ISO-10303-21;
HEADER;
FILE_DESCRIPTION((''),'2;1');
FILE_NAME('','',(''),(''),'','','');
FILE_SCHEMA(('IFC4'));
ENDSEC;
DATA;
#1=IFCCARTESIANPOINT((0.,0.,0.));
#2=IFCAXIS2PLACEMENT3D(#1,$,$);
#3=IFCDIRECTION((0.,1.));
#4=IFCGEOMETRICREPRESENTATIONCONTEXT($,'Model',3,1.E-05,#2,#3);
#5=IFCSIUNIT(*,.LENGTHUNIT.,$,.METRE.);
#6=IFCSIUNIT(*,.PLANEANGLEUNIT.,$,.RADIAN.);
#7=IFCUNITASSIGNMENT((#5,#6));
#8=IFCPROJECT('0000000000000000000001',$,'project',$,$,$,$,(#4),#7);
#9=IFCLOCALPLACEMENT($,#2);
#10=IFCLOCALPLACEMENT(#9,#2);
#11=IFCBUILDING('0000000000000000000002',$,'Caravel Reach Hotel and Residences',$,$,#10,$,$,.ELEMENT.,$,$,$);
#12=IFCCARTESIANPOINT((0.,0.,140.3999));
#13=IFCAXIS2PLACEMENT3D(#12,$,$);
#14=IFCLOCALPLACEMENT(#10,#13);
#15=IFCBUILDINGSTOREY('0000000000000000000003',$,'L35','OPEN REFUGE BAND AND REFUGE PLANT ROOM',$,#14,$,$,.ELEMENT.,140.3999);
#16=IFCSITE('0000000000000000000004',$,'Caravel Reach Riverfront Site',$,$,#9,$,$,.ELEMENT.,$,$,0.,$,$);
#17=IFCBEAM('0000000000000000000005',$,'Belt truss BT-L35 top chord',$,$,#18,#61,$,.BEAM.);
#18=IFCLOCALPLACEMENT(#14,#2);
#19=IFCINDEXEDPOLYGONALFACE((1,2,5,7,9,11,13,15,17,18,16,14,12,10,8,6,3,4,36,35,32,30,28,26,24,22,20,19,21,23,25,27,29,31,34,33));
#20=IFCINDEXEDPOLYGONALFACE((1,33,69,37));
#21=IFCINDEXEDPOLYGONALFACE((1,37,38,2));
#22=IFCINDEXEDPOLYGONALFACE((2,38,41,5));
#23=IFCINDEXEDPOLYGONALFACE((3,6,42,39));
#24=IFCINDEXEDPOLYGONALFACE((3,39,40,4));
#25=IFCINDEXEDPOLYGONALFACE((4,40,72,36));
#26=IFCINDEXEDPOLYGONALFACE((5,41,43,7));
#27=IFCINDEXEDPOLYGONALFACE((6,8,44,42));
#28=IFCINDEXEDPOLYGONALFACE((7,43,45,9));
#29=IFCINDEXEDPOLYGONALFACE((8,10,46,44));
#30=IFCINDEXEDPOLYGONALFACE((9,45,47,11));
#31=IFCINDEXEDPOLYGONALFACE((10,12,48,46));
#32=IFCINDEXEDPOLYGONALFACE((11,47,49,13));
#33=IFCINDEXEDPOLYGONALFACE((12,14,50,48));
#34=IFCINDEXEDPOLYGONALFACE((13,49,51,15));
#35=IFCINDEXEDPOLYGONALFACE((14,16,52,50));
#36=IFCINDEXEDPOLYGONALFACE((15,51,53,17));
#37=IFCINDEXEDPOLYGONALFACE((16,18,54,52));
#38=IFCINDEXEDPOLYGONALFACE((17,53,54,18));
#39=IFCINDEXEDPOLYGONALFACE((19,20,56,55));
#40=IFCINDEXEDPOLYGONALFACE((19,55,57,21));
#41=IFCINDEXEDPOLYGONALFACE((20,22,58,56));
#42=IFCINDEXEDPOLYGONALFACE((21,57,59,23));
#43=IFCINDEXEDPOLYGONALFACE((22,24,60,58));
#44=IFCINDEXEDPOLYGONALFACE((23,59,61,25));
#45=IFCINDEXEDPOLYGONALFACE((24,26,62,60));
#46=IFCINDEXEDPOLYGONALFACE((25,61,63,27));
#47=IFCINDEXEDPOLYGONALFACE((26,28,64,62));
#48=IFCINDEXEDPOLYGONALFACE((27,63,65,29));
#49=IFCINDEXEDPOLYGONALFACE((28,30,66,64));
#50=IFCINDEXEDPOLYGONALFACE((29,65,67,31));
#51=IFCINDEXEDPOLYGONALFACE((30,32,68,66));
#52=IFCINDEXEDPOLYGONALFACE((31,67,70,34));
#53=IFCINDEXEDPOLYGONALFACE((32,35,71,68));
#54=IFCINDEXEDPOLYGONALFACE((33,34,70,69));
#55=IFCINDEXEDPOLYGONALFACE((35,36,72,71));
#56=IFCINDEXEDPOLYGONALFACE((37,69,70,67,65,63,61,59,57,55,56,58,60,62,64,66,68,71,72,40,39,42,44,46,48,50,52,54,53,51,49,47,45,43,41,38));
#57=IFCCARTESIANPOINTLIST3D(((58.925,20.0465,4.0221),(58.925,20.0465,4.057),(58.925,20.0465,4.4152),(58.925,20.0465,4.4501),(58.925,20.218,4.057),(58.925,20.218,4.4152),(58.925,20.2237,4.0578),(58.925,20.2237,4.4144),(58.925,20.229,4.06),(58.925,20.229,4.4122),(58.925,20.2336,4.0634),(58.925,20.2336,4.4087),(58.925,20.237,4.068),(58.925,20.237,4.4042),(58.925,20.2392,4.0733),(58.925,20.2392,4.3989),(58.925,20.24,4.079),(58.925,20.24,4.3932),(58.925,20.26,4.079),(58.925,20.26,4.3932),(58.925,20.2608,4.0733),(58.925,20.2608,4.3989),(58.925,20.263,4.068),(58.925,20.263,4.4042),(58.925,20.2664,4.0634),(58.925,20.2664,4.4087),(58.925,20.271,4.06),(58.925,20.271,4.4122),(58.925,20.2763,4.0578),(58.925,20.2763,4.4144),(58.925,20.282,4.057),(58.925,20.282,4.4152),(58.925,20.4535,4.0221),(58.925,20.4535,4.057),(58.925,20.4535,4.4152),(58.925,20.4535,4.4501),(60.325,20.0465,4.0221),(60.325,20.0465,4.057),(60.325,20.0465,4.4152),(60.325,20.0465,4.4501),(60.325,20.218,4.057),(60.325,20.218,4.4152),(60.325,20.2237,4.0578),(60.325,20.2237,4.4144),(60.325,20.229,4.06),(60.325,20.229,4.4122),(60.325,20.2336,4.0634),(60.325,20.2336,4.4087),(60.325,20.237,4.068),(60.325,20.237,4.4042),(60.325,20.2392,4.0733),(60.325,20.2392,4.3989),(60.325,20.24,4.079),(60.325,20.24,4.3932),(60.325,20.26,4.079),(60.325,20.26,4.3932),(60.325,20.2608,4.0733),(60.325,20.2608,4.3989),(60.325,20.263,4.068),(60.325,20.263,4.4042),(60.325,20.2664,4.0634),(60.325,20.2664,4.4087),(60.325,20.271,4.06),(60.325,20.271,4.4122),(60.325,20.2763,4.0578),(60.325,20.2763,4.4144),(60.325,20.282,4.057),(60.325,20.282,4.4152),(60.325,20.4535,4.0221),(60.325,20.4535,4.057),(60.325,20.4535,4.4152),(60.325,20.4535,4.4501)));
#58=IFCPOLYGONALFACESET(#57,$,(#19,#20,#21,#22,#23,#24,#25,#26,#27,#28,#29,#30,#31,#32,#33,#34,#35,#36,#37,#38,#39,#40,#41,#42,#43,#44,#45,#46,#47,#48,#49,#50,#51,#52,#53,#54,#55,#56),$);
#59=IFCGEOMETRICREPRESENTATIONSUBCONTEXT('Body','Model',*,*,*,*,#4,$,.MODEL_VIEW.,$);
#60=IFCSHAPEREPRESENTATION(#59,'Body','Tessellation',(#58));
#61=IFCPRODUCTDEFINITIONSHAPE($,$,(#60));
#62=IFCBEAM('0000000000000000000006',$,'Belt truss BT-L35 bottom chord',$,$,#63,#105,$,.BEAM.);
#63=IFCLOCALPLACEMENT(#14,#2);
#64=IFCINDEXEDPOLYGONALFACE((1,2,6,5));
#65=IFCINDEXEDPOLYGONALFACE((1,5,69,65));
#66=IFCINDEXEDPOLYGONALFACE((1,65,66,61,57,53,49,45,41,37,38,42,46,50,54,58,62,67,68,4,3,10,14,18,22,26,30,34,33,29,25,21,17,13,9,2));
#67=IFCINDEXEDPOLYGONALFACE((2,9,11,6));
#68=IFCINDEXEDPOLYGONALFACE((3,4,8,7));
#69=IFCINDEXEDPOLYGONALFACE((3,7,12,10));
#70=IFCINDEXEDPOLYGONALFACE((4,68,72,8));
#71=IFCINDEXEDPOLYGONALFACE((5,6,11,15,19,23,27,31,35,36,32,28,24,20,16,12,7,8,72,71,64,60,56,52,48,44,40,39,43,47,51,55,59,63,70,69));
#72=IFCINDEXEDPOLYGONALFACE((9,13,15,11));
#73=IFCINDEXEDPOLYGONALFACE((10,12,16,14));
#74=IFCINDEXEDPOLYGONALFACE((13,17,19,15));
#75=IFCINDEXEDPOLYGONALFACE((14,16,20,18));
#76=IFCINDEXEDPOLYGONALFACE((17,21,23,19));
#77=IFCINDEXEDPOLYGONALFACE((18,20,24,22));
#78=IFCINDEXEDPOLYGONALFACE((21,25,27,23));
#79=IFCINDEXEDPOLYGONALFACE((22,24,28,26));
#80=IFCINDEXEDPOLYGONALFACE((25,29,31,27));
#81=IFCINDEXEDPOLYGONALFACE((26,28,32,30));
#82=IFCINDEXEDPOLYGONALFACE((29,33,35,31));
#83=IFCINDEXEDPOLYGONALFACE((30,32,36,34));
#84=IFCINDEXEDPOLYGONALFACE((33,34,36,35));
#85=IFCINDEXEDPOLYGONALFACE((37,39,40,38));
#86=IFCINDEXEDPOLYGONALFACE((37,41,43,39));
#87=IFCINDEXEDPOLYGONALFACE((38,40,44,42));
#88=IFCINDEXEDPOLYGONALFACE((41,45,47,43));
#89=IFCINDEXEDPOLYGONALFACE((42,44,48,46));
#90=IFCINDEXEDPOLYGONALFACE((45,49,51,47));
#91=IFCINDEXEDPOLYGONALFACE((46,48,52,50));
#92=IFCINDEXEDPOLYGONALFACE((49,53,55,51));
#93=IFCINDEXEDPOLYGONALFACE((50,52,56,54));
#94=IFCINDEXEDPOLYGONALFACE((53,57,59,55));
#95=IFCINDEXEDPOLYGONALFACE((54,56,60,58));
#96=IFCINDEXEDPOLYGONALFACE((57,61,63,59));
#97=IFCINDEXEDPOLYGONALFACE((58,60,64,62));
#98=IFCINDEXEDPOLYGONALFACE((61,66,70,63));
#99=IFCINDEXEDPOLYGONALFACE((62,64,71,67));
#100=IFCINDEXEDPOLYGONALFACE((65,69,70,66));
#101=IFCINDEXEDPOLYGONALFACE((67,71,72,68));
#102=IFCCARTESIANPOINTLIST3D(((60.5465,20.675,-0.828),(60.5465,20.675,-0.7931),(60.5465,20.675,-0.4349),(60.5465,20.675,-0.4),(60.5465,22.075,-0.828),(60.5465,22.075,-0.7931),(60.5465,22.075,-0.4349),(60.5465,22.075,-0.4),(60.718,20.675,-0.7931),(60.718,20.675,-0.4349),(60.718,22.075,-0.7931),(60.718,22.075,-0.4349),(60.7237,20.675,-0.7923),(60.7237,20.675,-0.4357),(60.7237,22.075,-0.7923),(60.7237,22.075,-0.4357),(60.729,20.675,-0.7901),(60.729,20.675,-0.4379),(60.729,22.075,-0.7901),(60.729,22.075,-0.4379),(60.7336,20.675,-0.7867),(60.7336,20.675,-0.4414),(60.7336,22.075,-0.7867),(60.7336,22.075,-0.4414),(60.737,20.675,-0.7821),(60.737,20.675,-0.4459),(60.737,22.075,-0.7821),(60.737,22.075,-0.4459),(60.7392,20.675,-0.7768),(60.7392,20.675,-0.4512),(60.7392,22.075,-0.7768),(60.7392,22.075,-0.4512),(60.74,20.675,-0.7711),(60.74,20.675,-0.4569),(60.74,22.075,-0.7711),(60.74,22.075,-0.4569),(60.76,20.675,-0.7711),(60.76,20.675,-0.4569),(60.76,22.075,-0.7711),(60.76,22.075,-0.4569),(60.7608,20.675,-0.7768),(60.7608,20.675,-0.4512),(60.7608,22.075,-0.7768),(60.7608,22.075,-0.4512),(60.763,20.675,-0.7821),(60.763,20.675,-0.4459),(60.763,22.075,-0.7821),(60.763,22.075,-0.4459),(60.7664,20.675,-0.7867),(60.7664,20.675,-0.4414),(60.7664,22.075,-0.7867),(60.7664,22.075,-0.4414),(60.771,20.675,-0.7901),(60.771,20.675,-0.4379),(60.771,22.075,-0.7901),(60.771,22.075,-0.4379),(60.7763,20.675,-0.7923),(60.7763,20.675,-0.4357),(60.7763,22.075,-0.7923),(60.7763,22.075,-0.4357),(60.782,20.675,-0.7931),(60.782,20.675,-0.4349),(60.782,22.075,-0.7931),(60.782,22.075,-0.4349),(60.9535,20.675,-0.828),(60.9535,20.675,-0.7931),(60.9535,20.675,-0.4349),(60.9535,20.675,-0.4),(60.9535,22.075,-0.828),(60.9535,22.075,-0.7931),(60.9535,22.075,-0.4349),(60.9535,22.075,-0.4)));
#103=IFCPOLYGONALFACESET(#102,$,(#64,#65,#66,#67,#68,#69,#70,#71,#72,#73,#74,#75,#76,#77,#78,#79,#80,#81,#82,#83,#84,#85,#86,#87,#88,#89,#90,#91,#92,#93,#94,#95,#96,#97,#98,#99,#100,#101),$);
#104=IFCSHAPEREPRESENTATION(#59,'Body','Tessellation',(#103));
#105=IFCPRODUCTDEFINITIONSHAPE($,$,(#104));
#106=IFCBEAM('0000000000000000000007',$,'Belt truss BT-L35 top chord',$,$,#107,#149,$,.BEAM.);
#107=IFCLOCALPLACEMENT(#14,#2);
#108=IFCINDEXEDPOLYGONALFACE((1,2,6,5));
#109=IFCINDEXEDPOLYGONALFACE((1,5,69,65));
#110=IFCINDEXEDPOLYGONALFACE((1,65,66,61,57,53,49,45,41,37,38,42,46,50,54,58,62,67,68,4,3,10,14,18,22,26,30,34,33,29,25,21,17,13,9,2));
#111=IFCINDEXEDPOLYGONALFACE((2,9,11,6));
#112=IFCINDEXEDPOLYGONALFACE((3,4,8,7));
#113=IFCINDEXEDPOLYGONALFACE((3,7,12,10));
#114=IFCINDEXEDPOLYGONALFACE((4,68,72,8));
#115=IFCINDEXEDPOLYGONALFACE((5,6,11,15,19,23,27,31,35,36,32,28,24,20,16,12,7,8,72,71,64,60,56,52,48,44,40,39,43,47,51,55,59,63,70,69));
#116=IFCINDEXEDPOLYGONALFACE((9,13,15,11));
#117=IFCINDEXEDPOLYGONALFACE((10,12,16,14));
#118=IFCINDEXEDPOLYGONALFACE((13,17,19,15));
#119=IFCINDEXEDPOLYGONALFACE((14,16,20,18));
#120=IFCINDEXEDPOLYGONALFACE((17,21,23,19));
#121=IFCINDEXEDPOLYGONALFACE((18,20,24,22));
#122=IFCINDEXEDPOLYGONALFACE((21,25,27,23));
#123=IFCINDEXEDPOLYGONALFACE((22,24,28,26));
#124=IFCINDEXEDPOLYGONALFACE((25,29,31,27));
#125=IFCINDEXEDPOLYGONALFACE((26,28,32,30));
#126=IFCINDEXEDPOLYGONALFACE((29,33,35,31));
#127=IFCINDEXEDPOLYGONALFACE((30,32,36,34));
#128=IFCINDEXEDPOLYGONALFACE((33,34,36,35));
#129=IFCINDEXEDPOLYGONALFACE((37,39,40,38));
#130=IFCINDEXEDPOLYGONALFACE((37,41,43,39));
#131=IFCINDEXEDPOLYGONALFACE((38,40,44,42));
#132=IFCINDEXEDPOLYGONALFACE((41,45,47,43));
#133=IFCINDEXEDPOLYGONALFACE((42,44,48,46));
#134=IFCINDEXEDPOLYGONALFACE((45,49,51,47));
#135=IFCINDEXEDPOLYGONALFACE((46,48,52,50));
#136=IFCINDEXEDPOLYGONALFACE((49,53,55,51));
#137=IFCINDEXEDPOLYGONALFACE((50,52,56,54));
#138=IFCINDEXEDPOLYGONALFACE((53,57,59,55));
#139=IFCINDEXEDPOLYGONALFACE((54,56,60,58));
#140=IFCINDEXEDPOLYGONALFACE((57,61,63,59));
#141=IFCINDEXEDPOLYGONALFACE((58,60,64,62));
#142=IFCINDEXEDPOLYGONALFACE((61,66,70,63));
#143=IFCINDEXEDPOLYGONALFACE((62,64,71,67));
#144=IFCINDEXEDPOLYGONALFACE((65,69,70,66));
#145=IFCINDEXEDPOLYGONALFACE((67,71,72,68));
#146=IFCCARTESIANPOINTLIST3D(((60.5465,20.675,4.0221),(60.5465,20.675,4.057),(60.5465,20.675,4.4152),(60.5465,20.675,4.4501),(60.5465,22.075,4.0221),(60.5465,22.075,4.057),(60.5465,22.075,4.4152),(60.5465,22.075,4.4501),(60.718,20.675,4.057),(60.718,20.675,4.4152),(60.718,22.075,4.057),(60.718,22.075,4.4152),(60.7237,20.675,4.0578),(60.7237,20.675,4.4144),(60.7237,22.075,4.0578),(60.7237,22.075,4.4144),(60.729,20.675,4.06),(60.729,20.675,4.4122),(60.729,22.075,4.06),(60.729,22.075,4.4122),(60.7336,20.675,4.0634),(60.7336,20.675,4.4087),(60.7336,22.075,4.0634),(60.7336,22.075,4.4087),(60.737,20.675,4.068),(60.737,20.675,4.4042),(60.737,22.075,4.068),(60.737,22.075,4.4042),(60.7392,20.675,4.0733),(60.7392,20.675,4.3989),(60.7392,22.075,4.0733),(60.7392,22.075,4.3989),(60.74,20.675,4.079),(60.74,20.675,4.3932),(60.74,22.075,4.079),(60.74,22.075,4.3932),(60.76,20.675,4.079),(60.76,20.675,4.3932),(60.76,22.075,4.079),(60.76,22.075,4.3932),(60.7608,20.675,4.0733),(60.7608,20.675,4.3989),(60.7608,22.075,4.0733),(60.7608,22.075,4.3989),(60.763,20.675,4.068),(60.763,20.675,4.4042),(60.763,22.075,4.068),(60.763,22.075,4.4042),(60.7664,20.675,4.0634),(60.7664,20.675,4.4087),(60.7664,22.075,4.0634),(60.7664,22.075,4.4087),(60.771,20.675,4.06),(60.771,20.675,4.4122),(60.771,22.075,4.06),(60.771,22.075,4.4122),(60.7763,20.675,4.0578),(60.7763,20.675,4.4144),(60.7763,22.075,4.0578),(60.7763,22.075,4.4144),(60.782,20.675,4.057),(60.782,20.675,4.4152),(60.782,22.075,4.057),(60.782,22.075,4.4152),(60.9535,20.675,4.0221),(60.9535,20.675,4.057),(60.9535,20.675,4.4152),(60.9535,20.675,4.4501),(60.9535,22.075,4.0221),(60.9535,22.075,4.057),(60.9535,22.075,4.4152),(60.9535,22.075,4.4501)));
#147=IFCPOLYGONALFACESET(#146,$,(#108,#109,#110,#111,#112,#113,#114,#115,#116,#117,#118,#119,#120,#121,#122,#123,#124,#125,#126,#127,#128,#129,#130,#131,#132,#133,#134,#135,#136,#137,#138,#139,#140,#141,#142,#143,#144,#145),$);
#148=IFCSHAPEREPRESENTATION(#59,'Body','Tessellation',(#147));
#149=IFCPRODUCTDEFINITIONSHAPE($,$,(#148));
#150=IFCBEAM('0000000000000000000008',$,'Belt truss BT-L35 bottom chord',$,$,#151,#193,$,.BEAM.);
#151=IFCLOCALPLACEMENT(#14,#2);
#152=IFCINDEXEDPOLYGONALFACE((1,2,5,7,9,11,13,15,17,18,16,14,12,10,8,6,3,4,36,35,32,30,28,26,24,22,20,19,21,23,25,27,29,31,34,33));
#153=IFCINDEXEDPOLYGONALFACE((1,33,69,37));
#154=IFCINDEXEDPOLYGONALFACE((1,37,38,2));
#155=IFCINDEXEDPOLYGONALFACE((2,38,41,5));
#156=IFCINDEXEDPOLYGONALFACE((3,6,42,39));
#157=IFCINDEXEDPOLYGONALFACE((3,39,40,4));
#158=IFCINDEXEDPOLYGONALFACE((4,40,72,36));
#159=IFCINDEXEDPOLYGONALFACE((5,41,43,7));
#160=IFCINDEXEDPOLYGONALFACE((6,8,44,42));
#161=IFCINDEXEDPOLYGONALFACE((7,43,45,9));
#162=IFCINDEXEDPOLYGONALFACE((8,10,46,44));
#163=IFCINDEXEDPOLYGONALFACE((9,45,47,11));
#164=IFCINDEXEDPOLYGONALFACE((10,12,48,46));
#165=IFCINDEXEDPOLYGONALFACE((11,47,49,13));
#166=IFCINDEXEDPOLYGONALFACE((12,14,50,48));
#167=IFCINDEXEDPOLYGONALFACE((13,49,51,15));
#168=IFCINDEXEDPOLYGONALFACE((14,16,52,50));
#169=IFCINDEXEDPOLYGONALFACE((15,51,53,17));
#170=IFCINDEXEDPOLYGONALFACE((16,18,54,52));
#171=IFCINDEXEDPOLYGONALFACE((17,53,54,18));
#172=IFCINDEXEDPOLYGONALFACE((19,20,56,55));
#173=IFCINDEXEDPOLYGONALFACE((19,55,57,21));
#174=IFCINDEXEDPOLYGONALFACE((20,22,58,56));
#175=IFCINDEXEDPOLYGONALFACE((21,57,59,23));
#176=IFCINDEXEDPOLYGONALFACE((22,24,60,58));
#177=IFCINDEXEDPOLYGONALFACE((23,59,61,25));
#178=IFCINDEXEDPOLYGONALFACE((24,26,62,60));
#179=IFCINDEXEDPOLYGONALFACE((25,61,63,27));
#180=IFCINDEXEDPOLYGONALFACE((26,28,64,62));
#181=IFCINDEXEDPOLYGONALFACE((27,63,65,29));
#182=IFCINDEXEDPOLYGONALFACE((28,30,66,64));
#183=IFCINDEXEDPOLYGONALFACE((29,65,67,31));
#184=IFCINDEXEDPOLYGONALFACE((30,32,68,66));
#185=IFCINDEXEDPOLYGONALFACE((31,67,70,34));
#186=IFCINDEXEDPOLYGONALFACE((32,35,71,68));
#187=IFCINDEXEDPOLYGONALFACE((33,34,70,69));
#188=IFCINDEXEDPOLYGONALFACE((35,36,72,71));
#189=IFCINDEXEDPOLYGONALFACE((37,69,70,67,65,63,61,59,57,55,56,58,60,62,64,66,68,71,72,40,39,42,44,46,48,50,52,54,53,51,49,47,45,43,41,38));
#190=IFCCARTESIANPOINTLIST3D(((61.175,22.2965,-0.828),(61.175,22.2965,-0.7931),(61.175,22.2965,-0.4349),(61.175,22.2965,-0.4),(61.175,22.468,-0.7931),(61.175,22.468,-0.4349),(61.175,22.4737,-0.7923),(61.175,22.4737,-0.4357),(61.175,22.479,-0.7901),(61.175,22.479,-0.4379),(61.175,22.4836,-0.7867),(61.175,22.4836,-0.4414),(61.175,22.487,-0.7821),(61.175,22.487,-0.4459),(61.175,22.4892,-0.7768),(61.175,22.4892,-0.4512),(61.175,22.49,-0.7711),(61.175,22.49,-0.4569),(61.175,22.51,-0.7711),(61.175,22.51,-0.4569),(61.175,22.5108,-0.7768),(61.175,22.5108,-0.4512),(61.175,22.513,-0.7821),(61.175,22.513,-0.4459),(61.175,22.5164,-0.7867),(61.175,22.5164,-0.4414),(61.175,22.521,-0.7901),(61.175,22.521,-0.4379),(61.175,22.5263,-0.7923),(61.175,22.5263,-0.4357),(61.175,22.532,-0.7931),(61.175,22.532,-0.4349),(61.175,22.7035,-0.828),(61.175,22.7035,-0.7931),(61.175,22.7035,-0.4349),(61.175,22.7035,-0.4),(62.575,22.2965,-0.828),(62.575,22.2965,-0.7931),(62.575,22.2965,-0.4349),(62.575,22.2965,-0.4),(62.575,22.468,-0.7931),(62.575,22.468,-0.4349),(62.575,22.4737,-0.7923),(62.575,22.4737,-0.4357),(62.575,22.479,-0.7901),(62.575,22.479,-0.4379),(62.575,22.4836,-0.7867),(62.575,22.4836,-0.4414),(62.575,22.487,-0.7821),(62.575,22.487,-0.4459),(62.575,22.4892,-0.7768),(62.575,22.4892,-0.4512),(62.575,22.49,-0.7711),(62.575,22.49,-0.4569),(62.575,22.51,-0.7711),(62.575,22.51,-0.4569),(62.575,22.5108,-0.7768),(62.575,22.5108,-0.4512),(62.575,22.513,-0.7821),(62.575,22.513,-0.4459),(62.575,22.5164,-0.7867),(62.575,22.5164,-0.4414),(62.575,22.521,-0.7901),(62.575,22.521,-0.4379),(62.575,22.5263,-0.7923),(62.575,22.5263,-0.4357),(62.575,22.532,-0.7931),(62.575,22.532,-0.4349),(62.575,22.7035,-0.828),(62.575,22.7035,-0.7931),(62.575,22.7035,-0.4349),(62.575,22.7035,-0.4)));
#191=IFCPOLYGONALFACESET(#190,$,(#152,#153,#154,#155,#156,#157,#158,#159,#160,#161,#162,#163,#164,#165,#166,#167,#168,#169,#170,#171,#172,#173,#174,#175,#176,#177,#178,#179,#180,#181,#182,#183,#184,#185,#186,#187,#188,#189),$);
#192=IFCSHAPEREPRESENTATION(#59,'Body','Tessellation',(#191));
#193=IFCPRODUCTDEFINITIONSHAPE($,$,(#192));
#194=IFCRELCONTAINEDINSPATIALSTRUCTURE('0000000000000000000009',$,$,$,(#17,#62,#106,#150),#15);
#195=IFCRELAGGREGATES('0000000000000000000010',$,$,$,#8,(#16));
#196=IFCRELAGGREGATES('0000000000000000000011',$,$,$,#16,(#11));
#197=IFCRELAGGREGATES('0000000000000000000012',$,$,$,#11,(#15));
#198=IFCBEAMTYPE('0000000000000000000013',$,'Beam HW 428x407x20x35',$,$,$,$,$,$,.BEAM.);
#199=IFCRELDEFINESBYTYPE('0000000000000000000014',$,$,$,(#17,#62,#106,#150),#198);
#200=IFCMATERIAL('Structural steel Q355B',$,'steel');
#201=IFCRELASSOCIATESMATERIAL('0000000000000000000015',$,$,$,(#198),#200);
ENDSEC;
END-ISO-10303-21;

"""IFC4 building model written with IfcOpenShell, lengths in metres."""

from ifc_helpers import new_model, si_unit, direction, frame, origin, origin_2d, place, context, subcontext, project, spatial, i_section, extrude, material, material_profile, profile_set, type_object, element, save


model = new_model("IFC4")

# Units and contexts
model_context = context("Model", 3, precision=1e-05, world=origin(), true_north=direction((0.0, 1.0)))
body_context = subcontext(model_context, "Body", "Model", "MODEL_VIEW")
ifc_project = project(units=[si_unit("LENGTHUNIT", "METRE"), si_unit("PLANEANGLEUNIT", "RADIAN")], contexts=[model_context])

# Site, building, storey
site_placement = place(None, origin())
site = spatial("IfcSite", under=ifc_project, at=site_placement, Name="Caravel Reach Riverfront Site", CompositionType="ELEMENT", RefElevation=0.0)
building_placement = place(site_placement, origin())
building = spatial("IfcBuilding", under=site, at=building_placement, Name="Caravel Reach Hotel and Residences", CompositionType="ELEMENT")
storey_placement = place(building_placement, frame((0.0, 0.0, 140.3999)))
storey = spatial("IfcBuildingStorey", under=building, at=storey_placement, Name="L35", Description="OPEN REFUGE BAND AND REFUGE PLANT ROOM", CompositionType="ELEMENT", Elevation=140.3999)

# Beams
ifc_material_1 = material(Name="Structural steel Q355B", Category="steel")
ifc_material_profile_1 = material_profile(ifc_material_1, i_section(OverallWidth=0.407, OverallDepth=0.428, WebThickness=0.02, FlangeThickness=0.0349, FilletRadius=0.022, at=origin_2d()), Name="HW 428x407x20x35")
ifc_profile_set_1 = profile_set([ifc_material_profile_1], Name="Structural steel Q355B")
beam_type_1 = type_object("IfcBeamType", Name="Beam HW 428x407x20x35", PredefinedType="BEAM", material=ifc_profile_set_1)
for number, where, z_axis, x_axis, name in (
    (1, (58.925, 20.25, 4.2361), (1.0, 0.0, 0.0), (0.0, 1.0, 0.0), "Belt truss BT-L35 top chord"),
    (2, (60.75, 20.675, -0.614), (0.0, 1.0, 0.0), (-1.0, 0.0, 0.0), "Belt truss BT-L35 bottom chord"),
    (3, (60.75, 20.675, 4.2361), (0.0, 1.0, 0.0), (-1.0, 0.0, 0.0), "Belt truss BT-L35 top chord"),
    (4, (61.175, 22.5, -0.614), (1.0, 0.0, 0.0), (0.0, 1.0, 0.0), "Belt truss BT-L35 bottom chord"),
):
    element("IfcBeam", number, at=place(storey_placement, frame(where, z_axis=z_axis, x_axis=x_axis)), inside=storey, type_object=beam_type_1, Name=name, PredefinedType="BEAM", context=body_context, shape_type="SweptSolid", body=[
        extrude(i_section(OverallWidth=0.407, OverallDepth=0.428, WebThickness=0.02, FlangeThickness=0.0349, FilletRadius=0.022, at=origin_2d()), origin(), (0.0, 0.0, 1.0), 1.3999),
    ])

save(model, "model.ifc")
